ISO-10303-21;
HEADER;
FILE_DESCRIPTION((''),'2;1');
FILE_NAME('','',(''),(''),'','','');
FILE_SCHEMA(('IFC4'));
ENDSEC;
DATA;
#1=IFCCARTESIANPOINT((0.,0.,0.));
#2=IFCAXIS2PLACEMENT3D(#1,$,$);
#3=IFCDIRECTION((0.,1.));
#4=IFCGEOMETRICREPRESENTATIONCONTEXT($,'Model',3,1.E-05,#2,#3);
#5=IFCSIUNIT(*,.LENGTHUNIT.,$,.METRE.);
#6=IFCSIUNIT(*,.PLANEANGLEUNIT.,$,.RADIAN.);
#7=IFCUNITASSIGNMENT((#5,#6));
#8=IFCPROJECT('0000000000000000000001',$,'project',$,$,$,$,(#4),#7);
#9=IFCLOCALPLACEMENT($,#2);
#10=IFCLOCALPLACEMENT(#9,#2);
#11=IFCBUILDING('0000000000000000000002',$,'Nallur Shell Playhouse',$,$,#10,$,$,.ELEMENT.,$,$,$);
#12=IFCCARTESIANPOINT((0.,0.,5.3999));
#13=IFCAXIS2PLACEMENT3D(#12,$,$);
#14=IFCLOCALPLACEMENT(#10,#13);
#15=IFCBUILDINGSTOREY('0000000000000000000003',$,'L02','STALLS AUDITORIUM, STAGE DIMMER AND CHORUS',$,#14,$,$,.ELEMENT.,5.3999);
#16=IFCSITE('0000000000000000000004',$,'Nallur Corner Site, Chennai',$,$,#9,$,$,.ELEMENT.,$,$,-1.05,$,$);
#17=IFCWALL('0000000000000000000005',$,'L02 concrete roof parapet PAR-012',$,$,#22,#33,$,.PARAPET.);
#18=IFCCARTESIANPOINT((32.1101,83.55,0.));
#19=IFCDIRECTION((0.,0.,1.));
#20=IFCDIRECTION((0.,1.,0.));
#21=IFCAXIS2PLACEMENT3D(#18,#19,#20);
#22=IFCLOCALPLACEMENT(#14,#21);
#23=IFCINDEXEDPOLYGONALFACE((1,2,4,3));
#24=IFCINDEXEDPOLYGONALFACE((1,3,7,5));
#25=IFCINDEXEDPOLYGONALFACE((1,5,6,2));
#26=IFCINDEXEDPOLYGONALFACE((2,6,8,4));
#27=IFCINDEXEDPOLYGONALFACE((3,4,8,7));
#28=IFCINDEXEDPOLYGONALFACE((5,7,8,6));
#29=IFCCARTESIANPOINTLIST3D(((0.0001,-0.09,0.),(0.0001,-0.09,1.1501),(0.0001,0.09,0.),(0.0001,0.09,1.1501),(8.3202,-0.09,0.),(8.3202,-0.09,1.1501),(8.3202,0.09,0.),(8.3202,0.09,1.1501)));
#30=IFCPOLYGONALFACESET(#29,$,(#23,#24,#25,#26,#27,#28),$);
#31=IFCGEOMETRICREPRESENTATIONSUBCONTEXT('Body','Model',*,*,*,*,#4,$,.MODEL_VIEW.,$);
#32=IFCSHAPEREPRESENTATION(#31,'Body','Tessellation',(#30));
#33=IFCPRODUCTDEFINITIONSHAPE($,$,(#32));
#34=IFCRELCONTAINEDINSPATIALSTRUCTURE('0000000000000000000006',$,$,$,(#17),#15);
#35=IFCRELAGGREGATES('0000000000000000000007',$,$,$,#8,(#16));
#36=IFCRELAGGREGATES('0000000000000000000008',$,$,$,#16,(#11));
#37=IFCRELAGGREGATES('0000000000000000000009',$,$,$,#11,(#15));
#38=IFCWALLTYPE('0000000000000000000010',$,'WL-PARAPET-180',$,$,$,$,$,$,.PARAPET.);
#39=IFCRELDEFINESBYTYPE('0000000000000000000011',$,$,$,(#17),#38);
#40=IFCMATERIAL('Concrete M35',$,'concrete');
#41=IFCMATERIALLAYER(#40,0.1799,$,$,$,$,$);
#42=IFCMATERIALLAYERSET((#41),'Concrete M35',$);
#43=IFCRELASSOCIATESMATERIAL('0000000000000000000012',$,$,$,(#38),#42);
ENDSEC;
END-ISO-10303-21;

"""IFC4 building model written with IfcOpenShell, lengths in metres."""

from ifc_helpers import new_model, si_unit, direction, frame, frame_2d, origin, place, context, subcontext, project, spatial, rectangle, extrude, material, layer, layer_set, type_object, element, save


model = new_model("IFC4")

# Units and contexts
model_context = context("Model", 3, precision=1e-05, world=origin(), true_north=direction((0.0, 1.0)))
body_context = subcontext(model_context, "Body", "Model", "MODEL_VIEW")
ifc_project = project(units=[si_unit("LENGTHUNIT", "METRE"), si_unit("PLANEANGLEUNIT", "RADIAN")], contexts=[model_context])

# Site, building, storey
site_placement = place(None, origin())
site = spatial("IfcSite", under=ifc_project, at=site_placement, Name="Nallur Corner Site, Chennai", CompositionType="ELEMENT", RefElevation=-1.05)
building_placement = place(site_placement, origin())
building = spatial("IfcBuilding", under=site, at=building_placement, Name="Nallur Shell Playhouse", CompositionType="ELEMENT")
storey_placement = place(building_placement, frame((0.0, 0.0, 5.3999)))
storey = spatial("IfcBuildingStorey", under=building, at=storey_placement, Name="L02", Description="STALLS AUDITORIUM, STAGE DIMMER AND CHORUS", CompositionType="ELEMENT", Elevation=5.3999)

# Shared definitions
ifc_material_1 = material(Name="Concrete M35", Category="concrete")

# Wall
ifc_layer_1 = layer(ifc_material_1, 0.1799)
ifc_layer_set_1 = layer_set([ifc_layer_1], Name="Concrete M35")
wall_type_1 = type_object("IfcWallType", Name="WL-PARAPET-180", PredefinedType="PARAPET", material=ifc_layer_set_1)
wall_1_placement = place(storey_placement, frame((32.1101, 83.55, 0.0), z_axis=(0.0, 0.0, 1.0), x_axis=(0.0, 1.0, 0.0)))
element("IfcWall", 1, at=wall_1_placement, inside=storey, type_object=wall_type_1, Name="L02 concrete roof parapet PAR-012", PredefinedType="PARAPET", context=body_context, shape_type="SweptSolid", body=[
    extrude(rectangle(XDim=8.3201, YDim=0.1799, at=frame_2d((4.1602, 0.0))), origin(), (0.0, 0.0, 1.0), 1.1501),
])

save(model, "model.ifc")
